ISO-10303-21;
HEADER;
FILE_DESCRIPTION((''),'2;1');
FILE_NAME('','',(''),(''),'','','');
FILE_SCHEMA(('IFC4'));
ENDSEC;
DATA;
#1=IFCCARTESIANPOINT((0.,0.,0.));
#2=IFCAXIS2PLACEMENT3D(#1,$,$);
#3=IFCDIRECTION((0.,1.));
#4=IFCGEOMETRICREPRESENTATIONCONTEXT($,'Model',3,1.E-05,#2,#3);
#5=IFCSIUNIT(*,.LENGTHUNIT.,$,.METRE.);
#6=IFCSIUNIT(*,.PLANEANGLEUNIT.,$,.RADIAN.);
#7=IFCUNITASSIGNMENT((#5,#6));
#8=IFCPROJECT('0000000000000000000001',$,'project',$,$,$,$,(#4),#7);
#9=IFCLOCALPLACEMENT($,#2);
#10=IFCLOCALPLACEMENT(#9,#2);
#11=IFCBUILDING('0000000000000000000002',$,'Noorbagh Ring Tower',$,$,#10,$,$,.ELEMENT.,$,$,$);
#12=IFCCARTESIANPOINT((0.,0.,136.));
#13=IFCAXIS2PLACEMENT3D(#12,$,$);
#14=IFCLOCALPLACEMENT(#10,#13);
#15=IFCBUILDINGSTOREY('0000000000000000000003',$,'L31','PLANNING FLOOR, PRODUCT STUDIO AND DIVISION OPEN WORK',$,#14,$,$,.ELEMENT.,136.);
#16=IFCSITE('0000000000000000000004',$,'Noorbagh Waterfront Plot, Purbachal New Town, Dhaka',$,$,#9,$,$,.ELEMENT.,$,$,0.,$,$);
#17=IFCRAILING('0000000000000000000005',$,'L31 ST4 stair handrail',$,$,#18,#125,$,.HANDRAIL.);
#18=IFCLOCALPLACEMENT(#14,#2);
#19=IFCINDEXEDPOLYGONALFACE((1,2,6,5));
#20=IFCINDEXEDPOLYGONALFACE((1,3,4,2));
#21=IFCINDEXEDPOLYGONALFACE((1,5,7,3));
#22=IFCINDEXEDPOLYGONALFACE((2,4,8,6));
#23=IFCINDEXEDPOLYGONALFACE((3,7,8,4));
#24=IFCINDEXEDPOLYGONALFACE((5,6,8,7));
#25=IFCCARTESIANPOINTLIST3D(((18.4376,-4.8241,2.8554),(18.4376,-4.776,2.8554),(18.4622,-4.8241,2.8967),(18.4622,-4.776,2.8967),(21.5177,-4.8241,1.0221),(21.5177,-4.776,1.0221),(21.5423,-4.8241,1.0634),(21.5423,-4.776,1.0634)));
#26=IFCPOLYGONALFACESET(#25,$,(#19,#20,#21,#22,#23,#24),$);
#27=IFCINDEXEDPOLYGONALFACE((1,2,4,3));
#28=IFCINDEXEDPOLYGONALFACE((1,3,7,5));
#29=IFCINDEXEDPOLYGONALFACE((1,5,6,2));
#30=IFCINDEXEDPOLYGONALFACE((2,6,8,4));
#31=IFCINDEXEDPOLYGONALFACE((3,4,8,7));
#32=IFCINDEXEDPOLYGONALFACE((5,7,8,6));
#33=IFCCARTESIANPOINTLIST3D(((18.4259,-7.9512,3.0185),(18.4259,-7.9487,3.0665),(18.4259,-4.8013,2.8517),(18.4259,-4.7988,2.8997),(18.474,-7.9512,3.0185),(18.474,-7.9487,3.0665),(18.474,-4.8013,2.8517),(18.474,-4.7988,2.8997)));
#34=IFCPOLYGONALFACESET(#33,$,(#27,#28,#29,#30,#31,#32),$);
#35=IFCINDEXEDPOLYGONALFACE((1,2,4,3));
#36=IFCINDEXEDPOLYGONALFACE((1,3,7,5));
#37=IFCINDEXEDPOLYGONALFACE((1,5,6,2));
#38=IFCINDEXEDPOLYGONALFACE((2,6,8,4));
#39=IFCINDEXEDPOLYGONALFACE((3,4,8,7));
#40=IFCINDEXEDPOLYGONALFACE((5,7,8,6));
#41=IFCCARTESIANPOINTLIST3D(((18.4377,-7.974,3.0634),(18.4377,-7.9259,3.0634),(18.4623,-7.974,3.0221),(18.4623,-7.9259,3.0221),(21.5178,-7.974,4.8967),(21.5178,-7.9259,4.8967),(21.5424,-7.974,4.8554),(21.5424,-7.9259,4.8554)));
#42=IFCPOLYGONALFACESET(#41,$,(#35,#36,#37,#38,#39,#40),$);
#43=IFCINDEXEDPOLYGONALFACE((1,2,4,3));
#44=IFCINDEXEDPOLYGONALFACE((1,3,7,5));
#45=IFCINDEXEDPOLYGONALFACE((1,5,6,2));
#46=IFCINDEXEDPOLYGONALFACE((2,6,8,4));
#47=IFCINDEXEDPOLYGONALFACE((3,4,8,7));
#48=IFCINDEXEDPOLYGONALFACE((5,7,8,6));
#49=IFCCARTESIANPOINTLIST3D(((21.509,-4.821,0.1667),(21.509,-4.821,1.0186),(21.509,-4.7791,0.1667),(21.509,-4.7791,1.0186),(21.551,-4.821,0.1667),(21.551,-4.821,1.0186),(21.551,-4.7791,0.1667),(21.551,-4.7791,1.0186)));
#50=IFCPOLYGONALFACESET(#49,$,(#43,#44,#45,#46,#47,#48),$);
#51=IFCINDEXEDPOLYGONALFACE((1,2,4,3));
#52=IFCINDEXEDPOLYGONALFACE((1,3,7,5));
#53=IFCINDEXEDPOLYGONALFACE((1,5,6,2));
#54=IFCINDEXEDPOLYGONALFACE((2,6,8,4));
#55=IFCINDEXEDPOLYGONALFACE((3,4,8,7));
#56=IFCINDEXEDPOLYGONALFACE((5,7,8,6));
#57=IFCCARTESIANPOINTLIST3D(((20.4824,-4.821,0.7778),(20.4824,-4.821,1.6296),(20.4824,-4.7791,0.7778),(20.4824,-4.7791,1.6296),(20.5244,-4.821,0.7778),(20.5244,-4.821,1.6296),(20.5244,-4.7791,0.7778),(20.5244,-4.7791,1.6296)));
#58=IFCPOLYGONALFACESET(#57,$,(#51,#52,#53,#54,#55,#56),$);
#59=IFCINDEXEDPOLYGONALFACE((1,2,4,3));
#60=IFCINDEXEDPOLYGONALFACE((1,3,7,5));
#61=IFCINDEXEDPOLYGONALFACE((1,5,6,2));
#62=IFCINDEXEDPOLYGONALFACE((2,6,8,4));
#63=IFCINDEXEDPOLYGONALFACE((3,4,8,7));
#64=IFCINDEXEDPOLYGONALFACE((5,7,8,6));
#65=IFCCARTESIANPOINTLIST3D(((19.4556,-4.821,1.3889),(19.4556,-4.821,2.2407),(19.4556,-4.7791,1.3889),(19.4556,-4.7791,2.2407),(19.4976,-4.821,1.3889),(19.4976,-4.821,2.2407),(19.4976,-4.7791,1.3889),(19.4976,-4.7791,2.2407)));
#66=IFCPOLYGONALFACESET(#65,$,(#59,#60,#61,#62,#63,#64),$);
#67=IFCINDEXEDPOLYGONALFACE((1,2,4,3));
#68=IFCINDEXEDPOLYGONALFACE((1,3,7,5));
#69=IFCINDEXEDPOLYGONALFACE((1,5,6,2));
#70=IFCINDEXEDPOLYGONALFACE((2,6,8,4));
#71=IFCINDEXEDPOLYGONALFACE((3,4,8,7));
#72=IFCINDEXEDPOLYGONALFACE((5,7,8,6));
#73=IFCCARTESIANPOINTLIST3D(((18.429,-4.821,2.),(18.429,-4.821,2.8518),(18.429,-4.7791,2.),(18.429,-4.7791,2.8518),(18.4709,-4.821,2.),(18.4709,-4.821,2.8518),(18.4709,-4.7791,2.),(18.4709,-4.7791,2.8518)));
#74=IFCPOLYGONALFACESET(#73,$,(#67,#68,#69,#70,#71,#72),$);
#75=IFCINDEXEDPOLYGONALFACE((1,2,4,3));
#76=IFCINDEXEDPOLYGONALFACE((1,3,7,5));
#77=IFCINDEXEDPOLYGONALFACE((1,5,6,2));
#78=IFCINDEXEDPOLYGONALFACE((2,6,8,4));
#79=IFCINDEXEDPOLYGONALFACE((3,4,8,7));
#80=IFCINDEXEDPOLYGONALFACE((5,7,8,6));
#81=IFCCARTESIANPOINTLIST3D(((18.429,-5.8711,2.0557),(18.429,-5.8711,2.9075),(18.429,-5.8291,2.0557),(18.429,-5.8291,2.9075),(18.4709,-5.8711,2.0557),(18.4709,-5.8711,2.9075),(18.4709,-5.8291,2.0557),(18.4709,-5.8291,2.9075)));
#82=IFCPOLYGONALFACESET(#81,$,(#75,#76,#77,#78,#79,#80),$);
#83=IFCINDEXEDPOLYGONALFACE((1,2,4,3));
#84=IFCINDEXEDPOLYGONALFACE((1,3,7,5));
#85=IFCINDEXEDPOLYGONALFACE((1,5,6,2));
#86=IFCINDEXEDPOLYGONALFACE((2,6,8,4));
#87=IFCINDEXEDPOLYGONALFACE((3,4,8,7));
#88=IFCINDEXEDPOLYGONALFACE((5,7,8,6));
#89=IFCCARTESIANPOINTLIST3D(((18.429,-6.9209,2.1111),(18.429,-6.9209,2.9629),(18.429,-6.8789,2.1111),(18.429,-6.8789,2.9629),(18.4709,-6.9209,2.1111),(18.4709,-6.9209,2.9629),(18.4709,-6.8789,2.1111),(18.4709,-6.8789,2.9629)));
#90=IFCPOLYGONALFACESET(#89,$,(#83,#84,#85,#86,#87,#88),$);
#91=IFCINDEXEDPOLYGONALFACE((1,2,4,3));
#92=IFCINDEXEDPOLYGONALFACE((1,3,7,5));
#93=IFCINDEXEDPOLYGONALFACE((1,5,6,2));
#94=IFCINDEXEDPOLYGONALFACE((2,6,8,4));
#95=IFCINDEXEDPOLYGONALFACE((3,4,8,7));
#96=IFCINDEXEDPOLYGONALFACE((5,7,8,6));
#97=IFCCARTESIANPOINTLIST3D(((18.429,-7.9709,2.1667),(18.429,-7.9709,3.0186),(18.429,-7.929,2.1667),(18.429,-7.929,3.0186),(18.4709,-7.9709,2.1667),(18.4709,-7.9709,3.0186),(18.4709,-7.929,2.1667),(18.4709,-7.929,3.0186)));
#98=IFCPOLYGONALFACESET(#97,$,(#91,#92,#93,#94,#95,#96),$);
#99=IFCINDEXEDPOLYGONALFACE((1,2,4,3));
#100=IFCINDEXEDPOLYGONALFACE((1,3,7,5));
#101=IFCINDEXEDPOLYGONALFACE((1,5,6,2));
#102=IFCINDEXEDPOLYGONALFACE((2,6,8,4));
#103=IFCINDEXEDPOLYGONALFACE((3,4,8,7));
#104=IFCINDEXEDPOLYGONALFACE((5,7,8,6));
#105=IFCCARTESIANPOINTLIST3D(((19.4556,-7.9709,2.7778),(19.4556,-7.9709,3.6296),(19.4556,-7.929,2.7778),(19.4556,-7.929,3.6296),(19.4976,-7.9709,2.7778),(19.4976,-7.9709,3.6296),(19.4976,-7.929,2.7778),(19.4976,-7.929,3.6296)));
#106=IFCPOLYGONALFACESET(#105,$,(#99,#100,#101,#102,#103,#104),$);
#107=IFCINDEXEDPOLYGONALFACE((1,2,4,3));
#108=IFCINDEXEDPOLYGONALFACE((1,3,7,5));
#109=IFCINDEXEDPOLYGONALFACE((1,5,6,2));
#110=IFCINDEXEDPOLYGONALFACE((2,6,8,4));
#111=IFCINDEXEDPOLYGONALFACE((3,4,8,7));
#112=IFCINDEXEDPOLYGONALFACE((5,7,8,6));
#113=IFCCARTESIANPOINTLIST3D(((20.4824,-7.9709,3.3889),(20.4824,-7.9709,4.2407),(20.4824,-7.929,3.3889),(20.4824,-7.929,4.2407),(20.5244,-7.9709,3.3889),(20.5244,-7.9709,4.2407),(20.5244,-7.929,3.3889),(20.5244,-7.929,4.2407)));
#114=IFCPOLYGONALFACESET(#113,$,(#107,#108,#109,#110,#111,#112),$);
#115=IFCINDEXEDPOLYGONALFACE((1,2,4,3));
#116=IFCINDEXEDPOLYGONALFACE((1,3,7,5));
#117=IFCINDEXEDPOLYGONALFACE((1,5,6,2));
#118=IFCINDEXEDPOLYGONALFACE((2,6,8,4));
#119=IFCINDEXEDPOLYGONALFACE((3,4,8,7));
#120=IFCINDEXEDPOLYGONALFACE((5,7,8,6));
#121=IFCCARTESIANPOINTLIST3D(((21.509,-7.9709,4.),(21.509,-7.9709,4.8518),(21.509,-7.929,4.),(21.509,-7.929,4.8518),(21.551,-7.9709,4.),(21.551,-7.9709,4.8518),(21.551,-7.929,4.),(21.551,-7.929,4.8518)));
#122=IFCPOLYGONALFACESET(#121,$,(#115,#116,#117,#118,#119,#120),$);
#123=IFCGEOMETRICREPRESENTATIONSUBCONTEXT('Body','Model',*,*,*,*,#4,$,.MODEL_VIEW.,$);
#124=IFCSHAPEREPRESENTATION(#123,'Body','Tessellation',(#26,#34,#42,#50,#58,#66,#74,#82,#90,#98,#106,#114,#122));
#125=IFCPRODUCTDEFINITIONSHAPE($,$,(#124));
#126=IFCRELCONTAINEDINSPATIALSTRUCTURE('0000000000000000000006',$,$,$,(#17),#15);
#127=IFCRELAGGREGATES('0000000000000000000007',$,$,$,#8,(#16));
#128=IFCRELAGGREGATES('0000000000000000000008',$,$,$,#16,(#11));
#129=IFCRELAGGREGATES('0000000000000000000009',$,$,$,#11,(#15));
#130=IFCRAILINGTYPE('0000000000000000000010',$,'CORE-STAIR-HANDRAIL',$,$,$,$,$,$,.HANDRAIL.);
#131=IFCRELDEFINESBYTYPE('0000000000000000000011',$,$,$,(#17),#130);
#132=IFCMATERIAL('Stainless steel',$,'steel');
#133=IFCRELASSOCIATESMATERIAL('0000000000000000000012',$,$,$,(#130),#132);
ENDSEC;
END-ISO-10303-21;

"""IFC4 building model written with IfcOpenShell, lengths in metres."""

from ifc_helpers import new_model, si_unit, direction, frame, origin, origin_2d, place, context, subcontext, project, spatial, rectangle, extrude, material, type_object, element, save


model = new_model("IFC4")

# Units and contexts
model_context = context("Model", 3, precision=1e-05, world=origin(), true_north=direction((0.0, 1.0)))
body_context = subcontext(model_context, "Body", "Model", "MODEL_VIEW")
ifc_project = project(units=[si_unit("LENGTHUNIT", "METRE"), si_unit("PLANEANGLEUNIT", "RADIAN")], contexts=[model_context])

# Site, building, storey
site_placement = place(None, origin())
site = spatial("IfcSite", under=ifc_project, at=site_placement, Name="Noorbagh Waterfront Plot, Purbachal New Town, Dhaka", CompositionType="ELEMENT", RefElevation=0.0)
building_placement = place(site_placement, origin())
building = spatial("IfcBuilding", under=site, at=building_placement, Name="Noorbagh Ring Tower", CompositionType="ELEMENT")
storey_placement = place(building_placement, frame((0.0, 0.0, 136.0)))
storey = spatial("IfcBuildingStorey", under=building, at=storey_placement, Name="L31", Description="PLANNING FLOOR, PRODUCT STUDIO AND DIVISION OPEN WORK", CompositionType="ELEMENT", Elevation=136.0)

# Railing
ifc_material_1 = material(Name="Stainless steel", Category="steel")
railing_type_1 = type_object("IfcRailingType", Name="CORE-STAIR-HANDRAIL", PredefinedType="HANDRAIL", material=ifc_material_1)
railing_1_placement = place(storey_placement, frame((21.53, -4.8, 0.1667)))
element("IfcRailing", 1, at=railing_1_placement, inside=storey, type_object=railing_type_1, Name="L31 ST4 stair handrail", PredefinedType="HANDRAIL", context=body_context, shape_type="SweptSolid", body=[
    extrude(rectangle(XDim=0.0481, YDim=0.0481, at=origin_2d()), frame((0.0, 0.0, 0.876), z_axis=(-0.859309, 0.0, 0.511458), x_axis=(0.0, -1.0, 0.0)), (0.0, 0.0, 1.0), 3.5845),
    extrude(rectangle(XDim=0.0481, YDim=0.0481, at=origin_2d()), frame((-3.0801, 0.0, 2.709), z_axis=(0.0, -0.998602, 0.052864), x_axis=(1.0, 0.0, 0.0)), (0.0, 0.0, 1.0), 3.1543),
    extrude(rectangle(XDim=0.0481, YDim=0.0481, at=origin_2d()), frame((-3.0801, -3.1499, 2.876), z_axis=(0.859309, 0.0, 0.511458), x_axis=(0.0, 1.0, 0.0)), (0.0, 0.0, 1.0), 3.5845),
    extrude(rectangle(XDim=0.042, YDim=0.042, at=origin_2d()), origin(), (0.0, 0.0, 1.0), 0.8518),
    extrude(rectangle(XDim=0.042, YDim=0.042, at=origin_2d()), frame((-1.0266, 0.0, 0.6111)), (0.0, 0.0, 1.0), 0.8518),
    extrude(rectangle(XDim=0.042, YDim=0.042, at=origin_2d()), frame((-2.0535, 0.0, 1.2222)), (0.0, 0.0, 1.0), 0.8518),
    extrude(rectangle(XDim=0.042, YDim=0.042, at=origin_2d()), frame((-3.0801, 0.0, 1.8333)), (0.0, 0.0, 1.0), 0.8518),
    extrude(rectangle(XDim=0.042, YDim=0.042, at=origin_2d()), frame((-3.0801, -1.05, 1.8889)), (0.0, 0.0, 1.0), 0.8518),
    extrude(rectangle(XDim=0.042, YDim=0.042, at=origin_2d()), frame((-3.0801, -2.0999, 1.9443)), (0.0, 0.0, 1.0), 0.8518),
    extrude(rectangle(XDim=0.042, YDim=0.042, at=origin_2d()), frame((-3.0801, -3.1499, 2.0)), (0.0, 0.0, 1.0), 0.8518),
    extrude(rectangle(XDim=0.042, YDim=0.042, at=origin_2d()), frame((-2.0535, -3.1499, 2.6111)), (0.0, 0.0, 1.0), 0.8518),
    extrude(rectangle(XDim=0.042, YDim=0.042, at=origin_2d()), frame((-1.0266, -3.1499, 3.2222)), (0.0, 0.0, 1.0), 0.8518),
    extrude(rectangle(XDim=0.042, YDim=0.042, at=origin_2d()), frame((0.0, -3.1499, 3.8333)), (0.0, 0.0, 1.0), 0.8518),
])

save(model, "model.ifc")
